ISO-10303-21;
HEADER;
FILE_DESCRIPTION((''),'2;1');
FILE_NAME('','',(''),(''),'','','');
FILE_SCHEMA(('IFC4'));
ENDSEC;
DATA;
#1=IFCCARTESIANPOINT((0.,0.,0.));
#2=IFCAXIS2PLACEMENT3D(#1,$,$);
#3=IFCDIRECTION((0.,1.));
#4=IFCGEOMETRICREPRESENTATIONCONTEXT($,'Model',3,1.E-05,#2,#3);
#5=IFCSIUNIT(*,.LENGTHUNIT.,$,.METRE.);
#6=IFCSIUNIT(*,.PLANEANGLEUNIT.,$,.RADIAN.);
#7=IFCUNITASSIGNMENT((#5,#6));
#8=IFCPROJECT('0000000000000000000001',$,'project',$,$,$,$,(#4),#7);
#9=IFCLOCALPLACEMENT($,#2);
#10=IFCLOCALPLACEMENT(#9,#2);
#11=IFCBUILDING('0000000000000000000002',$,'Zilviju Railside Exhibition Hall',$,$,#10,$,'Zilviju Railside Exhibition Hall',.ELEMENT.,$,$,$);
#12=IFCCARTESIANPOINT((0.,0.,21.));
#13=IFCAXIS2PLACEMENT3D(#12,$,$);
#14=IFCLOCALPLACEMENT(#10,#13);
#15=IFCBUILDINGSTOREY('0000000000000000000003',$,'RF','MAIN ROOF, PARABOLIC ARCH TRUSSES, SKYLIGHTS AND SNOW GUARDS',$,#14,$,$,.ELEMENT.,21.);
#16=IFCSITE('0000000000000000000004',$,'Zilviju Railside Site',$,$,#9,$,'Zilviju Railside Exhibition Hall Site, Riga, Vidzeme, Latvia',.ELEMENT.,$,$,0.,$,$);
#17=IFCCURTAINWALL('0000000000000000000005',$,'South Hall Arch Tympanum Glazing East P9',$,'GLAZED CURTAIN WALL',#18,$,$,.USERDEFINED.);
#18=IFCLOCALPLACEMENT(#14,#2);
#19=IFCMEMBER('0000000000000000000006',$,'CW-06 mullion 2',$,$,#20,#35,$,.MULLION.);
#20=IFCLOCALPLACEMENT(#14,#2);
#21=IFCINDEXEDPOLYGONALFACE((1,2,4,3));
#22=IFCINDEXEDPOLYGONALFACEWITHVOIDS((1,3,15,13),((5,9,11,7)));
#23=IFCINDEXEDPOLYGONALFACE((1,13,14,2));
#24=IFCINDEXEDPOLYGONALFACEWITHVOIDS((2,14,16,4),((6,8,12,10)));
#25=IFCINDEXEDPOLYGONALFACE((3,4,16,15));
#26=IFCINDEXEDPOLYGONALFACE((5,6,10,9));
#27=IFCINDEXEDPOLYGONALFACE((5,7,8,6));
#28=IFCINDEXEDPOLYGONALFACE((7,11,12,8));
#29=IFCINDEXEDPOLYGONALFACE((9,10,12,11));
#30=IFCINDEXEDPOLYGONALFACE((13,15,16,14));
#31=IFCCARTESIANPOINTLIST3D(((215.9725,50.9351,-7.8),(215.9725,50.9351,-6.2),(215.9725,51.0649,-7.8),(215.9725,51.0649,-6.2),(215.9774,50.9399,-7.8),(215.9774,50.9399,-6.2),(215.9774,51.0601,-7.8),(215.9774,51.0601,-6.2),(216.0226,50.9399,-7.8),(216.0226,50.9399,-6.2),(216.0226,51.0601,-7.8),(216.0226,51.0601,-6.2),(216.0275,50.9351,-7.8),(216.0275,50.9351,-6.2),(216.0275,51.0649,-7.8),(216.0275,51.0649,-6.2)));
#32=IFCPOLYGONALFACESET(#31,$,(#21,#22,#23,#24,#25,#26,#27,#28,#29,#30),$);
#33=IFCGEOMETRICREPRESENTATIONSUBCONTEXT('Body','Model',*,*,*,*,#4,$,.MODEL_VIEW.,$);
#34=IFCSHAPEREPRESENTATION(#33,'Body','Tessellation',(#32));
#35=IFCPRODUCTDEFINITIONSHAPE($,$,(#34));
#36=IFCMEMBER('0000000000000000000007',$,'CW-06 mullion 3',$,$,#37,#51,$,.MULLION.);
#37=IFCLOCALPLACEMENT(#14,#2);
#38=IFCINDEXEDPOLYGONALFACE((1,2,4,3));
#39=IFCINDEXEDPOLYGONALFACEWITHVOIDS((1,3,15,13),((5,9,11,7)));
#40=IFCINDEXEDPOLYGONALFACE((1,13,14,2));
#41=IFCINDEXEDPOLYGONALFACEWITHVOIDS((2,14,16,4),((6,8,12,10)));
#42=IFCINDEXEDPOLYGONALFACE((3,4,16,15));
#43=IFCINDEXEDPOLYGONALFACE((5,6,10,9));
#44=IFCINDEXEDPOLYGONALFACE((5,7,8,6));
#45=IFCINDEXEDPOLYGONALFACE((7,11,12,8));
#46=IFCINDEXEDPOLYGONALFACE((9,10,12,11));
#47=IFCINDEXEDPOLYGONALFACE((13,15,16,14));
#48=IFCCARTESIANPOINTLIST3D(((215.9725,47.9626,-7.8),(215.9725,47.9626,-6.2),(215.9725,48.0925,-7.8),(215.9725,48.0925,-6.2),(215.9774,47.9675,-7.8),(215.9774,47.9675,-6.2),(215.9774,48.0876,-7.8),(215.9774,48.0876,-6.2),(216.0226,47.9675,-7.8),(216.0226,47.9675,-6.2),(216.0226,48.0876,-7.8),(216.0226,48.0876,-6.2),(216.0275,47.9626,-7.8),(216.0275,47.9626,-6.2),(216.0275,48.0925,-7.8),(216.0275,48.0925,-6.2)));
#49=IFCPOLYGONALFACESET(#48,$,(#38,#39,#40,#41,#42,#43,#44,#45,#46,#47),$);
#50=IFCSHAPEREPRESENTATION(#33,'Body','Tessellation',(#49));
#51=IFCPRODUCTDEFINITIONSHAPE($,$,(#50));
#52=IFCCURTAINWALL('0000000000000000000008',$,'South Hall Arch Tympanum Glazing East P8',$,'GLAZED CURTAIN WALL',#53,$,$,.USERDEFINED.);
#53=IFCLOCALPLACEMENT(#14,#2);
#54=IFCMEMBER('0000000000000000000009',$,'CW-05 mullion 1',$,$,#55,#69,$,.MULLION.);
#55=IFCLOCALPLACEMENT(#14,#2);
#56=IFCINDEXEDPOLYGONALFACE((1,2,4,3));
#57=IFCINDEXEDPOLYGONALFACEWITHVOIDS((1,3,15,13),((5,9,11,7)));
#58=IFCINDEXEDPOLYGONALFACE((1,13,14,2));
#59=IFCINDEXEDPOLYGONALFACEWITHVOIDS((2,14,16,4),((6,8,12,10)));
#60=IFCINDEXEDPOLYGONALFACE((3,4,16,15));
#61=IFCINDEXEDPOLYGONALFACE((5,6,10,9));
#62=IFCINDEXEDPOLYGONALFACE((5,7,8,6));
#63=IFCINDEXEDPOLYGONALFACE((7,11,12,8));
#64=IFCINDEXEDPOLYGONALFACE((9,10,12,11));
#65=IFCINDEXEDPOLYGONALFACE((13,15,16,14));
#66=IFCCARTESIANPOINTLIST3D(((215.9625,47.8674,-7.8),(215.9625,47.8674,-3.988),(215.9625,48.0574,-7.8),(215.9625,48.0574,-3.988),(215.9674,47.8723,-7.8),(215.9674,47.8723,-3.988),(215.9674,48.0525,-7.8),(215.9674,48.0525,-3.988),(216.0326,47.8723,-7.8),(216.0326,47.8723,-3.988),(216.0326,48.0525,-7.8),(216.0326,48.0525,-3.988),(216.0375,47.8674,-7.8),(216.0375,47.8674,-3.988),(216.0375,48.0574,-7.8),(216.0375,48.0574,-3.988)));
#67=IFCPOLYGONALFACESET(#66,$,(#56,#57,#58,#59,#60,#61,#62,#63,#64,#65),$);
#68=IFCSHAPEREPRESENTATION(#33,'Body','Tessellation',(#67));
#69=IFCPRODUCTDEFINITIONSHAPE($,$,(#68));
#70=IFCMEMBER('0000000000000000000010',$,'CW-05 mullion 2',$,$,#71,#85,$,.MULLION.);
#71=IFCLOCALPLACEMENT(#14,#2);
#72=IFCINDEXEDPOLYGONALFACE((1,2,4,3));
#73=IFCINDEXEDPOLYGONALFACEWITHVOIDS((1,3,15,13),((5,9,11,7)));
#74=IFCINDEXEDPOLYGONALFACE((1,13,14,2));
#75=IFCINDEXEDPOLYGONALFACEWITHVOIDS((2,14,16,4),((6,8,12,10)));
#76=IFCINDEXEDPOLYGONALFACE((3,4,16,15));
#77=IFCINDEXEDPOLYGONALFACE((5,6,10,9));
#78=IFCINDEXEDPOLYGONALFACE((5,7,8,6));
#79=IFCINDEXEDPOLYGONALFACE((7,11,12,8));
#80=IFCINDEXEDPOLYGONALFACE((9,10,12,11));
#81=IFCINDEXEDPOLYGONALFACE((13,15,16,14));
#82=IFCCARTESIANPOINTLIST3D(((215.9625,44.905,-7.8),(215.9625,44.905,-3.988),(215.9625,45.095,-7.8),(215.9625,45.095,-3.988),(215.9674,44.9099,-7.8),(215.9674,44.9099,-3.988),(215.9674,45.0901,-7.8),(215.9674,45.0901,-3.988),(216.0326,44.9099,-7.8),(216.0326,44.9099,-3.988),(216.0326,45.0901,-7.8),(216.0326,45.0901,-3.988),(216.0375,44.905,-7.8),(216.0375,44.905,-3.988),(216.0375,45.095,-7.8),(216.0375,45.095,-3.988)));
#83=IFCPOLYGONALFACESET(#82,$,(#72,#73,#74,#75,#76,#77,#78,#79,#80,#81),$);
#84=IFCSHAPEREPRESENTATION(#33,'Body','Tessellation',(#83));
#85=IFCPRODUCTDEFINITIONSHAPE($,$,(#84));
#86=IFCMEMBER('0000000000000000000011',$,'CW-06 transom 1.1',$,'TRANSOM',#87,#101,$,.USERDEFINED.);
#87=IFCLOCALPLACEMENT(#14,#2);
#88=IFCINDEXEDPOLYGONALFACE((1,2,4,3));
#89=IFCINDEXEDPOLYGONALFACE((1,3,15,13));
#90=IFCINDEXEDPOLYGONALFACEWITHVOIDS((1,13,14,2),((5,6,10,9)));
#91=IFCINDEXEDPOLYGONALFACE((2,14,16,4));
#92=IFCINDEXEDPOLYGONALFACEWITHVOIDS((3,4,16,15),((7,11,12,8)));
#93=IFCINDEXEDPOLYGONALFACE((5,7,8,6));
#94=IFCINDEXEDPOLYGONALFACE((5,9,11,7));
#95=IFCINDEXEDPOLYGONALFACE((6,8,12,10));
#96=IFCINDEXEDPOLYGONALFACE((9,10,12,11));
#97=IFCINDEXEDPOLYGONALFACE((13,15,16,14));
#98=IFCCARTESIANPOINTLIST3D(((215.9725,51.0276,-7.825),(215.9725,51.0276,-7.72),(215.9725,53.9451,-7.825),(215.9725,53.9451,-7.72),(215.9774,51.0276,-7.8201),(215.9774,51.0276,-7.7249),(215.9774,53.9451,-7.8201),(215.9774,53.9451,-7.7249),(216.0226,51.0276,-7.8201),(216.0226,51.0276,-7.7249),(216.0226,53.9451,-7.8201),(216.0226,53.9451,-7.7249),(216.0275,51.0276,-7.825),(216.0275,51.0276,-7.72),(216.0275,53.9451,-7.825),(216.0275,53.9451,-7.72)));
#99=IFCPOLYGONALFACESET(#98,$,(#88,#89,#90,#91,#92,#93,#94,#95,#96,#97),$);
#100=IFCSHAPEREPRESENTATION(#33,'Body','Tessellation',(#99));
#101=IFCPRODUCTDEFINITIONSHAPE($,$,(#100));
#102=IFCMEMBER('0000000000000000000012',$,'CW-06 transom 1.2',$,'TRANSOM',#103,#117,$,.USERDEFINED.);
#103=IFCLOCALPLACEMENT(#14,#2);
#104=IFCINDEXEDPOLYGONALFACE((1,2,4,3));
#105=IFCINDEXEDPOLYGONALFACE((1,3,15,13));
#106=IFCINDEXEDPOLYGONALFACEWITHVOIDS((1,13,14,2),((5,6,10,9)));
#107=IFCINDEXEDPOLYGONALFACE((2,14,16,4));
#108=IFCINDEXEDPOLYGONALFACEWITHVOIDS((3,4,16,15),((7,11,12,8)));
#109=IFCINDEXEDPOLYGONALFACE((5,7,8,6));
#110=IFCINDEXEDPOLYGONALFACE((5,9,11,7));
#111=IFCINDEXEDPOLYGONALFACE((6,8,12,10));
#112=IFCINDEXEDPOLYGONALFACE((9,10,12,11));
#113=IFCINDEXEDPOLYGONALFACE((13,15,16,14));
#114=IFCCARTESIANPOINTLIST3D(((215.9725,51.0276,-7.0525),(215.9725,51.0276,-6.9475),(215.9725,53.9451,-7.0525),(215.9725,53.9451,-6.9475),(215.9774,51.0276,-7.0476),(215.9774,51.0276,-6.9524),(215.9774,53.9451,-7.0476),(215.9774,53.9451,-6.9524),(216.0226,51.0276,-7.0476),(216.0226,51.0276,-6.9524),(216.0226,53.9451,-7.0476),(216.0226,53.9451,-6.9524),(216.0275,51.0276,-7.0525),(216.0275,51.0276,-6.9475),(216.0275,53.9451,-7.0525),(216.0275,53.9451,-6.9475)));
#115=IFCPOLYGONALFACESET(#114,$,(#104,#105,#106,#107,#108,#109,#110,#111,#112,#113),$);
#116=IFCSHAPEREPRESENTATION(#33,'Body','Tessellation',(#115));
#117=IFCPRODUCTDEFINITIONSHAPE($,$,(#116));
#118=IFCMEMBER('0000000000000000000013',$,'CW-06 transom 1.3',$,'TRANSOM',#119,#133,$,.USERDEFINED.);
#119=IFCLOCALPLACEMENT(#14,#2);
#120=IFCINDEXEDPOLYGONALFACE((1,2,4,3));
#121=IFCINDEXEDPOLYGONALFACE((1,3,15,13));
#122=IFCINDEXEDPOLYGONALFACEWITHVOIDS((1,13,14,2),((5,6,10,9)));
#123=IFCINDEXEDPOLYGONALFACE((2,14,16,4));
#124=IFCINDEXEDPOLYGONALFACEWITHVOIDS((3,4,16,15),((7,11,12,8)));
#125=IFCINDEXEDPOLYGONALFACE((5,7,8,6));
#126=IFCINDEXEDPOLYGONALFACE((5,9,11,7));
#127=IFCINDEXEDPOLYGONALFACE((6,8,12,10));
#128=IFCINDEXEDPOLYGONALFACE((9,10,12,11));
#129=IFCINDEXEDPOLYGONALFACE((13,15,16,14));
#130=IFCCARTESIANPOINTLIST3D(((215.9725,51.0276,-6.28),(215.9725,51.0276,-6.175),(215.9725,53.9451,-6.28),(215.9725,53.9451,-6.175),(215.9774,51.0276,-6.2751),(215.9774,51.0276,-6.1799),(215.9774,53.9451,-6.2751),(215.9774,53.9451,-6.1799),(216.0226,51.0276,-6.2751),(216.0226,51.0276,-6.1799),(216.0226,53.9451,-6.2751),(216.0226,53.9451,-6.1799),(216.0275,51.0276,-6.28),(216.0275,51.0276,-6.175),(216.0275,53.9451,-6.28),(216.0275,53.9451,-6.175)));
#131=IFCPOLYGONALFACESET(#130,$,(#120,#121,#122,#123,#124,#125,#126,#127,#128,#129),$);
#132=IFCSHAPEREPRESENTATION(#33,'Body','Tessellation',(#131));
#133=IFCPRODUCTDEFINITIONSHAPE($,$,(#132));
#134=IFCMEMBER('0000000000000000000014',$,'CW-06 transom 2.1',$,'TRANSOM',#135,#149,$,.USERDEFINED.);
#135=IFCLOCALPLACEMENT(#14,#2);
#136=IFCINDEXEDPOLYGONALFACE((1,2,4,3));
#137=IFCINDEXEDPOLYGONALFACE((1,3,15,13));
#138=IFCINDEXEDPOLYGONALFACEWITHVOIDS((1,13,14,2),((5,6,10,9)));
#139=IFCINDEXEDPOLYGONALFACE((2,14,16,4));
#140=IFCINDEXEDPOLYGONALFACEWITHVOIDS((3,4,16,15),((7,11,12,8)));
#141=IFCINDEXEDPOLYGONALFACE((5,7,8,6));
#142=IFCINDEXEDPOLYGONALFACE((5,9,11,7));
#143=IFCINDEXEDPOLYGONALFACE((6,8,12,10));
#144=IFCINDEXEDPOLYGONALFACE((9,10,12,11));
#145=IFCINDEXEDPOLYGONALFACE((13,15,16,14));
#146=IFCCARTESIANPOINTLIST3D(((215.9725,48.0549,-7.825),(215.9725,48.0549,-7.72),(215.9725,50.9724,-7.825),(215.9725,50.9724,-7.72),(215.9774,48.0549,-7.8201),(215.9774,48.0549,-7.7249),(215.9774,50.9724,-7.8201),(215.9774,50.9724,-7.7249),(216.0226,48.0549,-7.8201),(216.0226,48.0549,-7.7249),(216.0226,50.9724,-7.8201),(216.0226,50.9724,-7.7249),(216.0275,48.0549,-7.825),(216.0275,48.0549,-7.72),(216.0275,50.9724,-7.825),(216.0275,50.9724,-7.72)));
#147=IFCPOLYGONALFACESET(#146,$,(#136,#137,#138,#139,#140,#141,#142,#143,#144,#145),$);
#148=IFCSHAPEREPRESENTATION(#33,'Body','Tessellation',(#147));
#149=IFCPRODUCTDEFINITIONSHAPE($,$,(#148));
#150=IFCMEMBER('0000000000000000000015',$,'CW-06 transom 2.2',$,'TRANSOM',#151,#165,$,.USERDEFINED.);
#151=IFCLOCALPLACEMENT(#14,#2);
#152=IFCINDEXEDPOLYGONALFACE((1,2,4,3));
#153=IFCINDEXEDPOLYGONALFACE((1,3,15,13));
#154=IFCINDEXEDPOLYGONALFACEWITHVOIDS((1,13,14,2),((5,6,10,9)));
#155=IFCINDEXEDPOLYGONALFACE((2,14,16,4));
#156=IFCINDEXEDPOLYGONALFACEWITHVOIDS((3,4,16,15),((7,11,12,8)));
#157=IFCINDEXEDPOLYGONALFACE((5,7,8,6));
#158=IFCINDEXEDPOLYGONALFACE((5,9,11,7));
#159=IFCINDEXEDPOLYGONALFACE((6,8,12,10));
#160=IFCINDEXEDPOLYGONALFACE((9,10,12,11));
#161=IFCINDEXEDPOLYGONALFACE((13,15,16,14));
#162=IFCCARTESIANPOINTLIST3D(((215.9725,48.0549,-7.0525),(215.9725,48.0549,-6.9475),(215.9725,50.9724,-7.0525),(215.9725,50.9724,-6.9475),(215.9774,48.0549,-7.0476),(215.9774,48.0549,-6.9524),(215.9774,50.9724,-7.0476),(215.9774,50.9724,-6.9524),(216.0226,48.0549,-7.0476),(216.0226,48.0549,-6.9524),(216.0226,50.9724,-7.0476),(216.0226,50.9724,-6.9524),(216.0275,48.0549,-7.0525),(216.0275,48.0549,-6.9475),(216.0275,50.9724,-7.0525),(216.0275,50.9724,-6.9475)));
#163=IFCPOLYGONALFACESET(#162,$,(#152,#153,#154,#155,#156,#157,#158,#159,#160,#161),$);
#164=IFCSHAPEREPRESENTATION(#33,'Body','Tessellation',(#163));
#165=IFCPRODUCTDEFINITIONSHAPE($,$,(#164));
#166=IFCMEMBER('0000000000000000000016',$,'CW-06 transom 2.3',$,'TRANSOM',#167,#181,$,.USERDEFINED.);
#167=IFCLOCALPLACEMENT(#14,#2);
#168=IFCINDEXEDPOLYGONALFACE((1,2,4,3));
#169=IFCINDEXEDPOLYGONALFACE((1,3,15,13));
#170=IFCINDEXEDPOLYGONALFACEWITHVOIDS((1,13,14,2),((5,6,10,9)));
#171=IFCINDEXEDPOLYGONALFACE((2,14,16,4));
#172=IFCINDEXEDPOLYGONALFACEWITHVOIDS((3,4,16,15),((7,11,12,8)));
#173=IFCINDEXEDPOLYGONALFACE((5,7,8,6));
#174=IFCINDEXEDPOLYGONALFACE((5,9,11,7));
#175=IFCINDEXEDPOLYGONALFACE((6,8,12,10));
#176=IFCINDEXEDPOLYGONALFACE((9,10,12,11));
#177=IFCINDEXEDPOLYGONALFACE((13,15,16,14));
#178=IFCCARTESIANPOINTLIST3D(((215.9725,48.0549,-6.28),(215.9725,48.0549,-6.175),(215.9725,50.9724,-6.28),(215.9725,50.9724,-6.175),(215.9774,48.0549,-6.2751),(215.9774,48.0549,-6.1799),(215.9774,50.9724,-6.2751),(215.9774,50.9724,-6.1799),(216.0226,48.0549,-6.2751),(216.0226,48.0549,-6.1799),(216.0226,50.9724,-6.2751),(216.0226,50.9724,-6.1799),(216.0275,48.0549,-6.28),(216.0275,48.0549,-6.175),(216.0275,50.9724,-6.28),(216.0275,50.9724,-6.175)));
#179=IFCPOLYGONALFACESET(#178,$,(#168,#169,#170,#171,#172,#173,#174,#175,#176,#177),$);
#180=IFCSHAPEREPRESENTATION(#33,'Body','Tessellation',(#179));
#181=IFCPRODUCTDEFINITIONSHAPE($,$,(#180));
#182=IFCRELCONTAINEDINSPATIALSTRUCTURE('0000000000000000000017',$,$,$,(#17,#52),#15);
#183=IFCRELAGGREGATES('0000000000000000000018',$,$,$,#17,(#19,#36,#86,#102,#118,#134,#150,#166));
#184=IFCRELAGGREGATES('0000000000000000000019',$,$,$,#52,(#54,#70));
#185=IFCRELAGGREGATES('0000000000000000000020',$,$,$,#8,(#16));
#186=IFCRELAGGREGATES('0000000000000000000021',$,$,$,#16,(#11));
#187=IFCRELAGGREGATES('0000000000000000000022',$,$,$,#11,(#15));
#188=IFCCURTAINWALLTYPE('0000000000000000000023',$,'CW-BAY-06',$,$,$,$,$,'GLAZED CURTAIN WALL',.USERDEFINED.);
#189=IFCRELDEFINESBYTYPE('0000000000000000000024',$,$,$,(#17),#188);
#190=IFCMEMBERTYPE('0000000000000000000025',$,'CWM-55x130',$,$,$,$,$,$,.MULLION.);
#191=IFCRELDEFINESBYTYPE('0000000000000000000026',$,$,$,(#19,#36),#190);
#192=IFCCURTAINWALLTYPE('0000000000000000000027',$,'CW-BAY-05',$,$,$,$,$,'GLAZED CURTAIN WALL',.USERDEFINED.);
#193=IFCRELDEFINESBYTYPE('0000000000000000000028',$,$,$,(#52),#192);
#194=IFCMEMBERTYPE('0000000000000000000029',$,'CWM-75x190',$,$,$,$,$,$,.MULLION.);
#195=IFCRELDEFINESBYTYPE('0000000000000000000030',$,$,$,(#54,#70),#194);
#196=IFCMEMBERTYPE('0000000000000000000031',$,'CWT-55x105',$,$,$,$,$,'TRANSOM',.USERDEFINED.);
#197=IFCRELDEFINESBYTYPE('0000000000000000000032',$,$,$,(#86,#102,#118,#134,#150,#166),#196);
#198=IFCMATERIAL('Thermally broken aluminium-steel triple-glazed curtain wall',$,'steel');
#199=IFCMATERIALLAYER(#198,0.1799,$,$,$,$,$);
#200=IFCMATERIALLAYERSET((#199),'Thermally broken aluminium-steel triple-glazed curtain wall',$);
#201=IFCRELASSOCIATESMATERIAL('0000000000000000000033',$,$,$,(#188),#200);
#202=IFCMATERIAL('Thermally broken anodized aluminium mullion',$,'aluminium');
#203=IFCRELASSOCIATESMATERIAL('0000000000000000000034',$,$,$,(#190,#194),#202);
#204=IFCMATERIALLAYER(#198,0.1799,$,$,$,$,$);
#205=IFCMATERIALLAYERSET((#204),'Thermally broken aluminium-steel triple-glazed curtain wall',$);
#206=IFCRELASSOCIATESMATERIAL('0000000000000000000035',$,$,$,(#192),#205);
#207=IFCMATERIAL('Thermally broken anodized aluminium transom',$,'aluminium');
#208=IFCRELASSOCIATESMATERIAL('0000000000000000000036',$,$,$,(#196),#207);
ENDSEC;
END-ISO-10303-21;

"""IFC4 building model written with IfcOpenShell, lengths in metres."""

from ifc_helpers import new_model, si_unit, direction, frame, origin, origin_2d, place, context, subcontext, project, spatial, hollow_rectangle, extrude, material, layer, layer_set, material_profile, profile_set, type_object, element, aggregate, save


model = new_model("IFC4")

# Units and contexts
model_context = context("Model", 3, precision=1e-05, world=origin(), true_north=direction((0.0, 1.0)))
body_context = subcontext(model_context, "Body", "Model", "MODEL_VIEW")
ifc_project = project(units=[si_unit("LENGTHUNIT", "METRE"), si_unit("PLANEANGLEUNIT", "RADIAN")], contexts=[model_context])

# Site, building, storey
site_placement = place(None, origin())
site = spatial("IfcSite", under=ifc_project, at=site_placement, Name="Zilviju Railside Site", LongName="Zilviju Railside Exhibition Hall Site, Riga, Vidzeme, Latvia", CompositionType="ELEMENT", RefElevation=0.0)
building_placement = place(site_placement, origin())
building = spatial("IfcBuilding", under=site, at=building_placement, Name="Zilviju Railside Exhibition Hall", LongName="Zilviju Railside Exhibition Hall", CompositionType="ELEMENT")
storey_placement = place(building_placement, frame((0.0, 0.0, 21.0)))
storey = spatial("IfcBuildingStorey", under=building, at=storey_placement, Name="RF", Description="MAIN ROOF, PARABOLIC ARCH TRUSSES, SKYLIGHTS AND SNOW GUARDS", CompositionType="ELEMENT", Elevation=21.0)

# Curtain walls, members
ifc_material_1 = material(Name="Thermally broken aluminium-steel triple-glazed curtain wall", Category="steel")
ifc_layer_1 = layer(ifc_material_1, 0.1799)
ifc_layer_set_1 = layer_set([ifc_layer_1], Name="Thermally broken aluminium-steel triple-glazed curtain wall")
curtain_wall_type_1 = type_object("IfcCurtainWallType", Name="CW-BAY-06", ElementType="GLAZED CURTAIN WALL", PredefinedType="USERDEFINED", material=ifc_layer_set_1)
curtain_wall_1_placement = place(storey_placement, origin())
curtain_wall_1 = element("IfcCurtainWall", 1, at=curtain_wall_1_placement, inside=storey, type_object=curtain_wall_type_1, Name="South Hall Arch Tympanum Glazing East P9", ObjectType="GLAZED CURTAIN WALL", PredefinedType="USERDEFINED")
ifc_material_2 = material(Name="Thermally broken anodized aluminium mullion", Category="aluminium")
ifc_material_profile_1 = material_profile(ifc_material_2, hollow_rectangle(XDim=0.0549, YDim=0.1299, WallThickness=0.0049, at=origin_2d()), Name="MULLION 130x55x5")
ifc_profile_set_1 = profile_set([ifc_material_profile_1], Name="Thermally broken anodized aluminium mullion")
member_type_1 = type_object("IfcMemberType", Name="CWM-55x130", PredefinedType="MULLION", material=ifc_profile_set_1)
member_1_placement = place(storey_placement, frame((216.0, 51.0, -7.8), z_axis=(0.0, 0.0, 1.0), x_axis=(1.0, 0.0, 0.0)))
member_1 = element("IfcMember", 2, at=member_1_placement, type_object=member_type_1, Name="CW-06 mullion 2", PredefinedType="MULLION", context=body_context, shape_type="SweptSolid", body=[
    extrude(hollow_rectangle(XDim=0.0549, YDim=0.1299, WallThickness=0.0049, at=origin_2d()), origin(), (0.0, 0.0, 1.0), 1.6001),
])
member_2_placement = place(storey_placement, frame((216.0, 48.0276, -7.8), z_axis=(0.0, 0.0, 1.0), x_axis=(1.0, 0.0, 0.0)))
member_2 = element("IfcMember", 3, at=member_2_placement, type_object=member_type_1, Name="CW-06 mullion 3", PredefinedType="MULLION", context=body_context, shape_type="SweptSolid", body=[
    extrude(hollow_rectangle(XDim=0.0549, YDim=0.1299, WallThickness=0.0049, at=origin_2d()), origin(), (0.0, 0.0, 1.0), 1.6001),
])
ifc_layer_2 = layer(ifc_material_1, 0.1799)
ifc_layer_set_2 = layer_set([ifc_layer_2], Name="Thermally broken aluminium-steel triple-glazed curtain wall")
curtain_wall_type_2 = type_object("IfcCurtainWallType", Name="CW-BAY-05", ElementType="GLAZED CURTAIN WALL", PredefinedType="USERDEFINED", material=ifc_layer_set_2)
curtain_wall_2_placement = place(storey_placement, origin())
curtain_wall_2 = element("IfcCurtainWall", 4, at=curtain_wall_2_placement, inside=storey, type_object=curtain_wall_type_2, Name="South Hall Arch Tympanum Glazing East P8", ObjectType="GLAZED CURTAIN WALL", PredefinedType="USERDEFINED")
ifc_material_profile_2 = material_profile(ifc_material_2, hollow_rectangle(XDim=0.075, YDim=0.1899, WallThickness=0.0049, at=origin_2d()), Name="MULLION 190x75x5")
ifc_profile_set_2 = profile_set([ifc_material_profile_2], Name="Thermally broken anodized aluminium mullion")
member_type_2 = type_object("IfcMemberType", Name="CWM-75x190", PredefinedType="MULLION", material=ifc_profile_set_2)
member_3_placement = place(storey_placement, frame((216.0, 47.9624, -7.8), z_axis=(0.0, 0.0, 1.0), x_axis=(1.0, 0.0, 0.0)))
member_3 = element("IfcMember", 5, at=member_3_placement, type_object=member_type_2, Name="CW-05 mullion 1", PredefinedType="MULLION", context=body_context, shape_type="SweptSolid", body=[
    extrude(hollow_rectangle(XDim=0.075, YDim=0.1899, WallThickness=0.0049, at=origin_2d()), origin(), (0.0, 0.0, 1.0), 3.812),
])
member_4_placement = place(storey_placement, frame((216.0, 45.0, -7.8), z_axis=(0.0, 0.0, 1.0), x_axis=(1.0, 0.0, 0.0)))
member_4 = element("IfcMember", 6, at=member_4_placement, type_object=member_type_2, Name="CW-05 mullion 2", PredefinedType="MULLION", context=body_context, shape_type="SweptSolid", body=[
    extrude(hollow_rectangle(XDim=0.075, YDim=0.1899, WallThickness=0.0049, at=origin_2d()), origin(), (0.0, 0.0, 1.0), 3.812),
])

# Members
ifc_material_3 = material(Name="Thermally broken anodized aluminium transom", Category="aluminium")
ifc_material_profile_3 = material_profile(ifc_material_3, hollow_rectangle(XDim=0.0549, YDim=0.105, WallThickness=0.0049, at=origin_2d()), Name="TRANSOM 105x55x5")
ifc_profile_set_3 = profile_set([ifc_material_profile_3], Name="Thermally broken anodized aluminium transom")
member_type_3 = type_object("IfcMemberType", Name="CWT-55x105", ElementType="TRANSOM", PredefinedType="USERDEFINED", material=ifc_profile_set_3)
member_5_placement = place(storey_placement, frame((216.0, 53.9451, -7.7725), z_axis=(0.0, -1.0, 0.0), x_axis=(1.0, 0.0, 0.0)))
member_5 = element("IfcMember", 7, at=member_5_placement, type_object=member_type_3, Name="CW-06 transom 1.1", ObjectType="TRANSOM", PredefinedType="USERDEFINED", context=body_context, shape_type="SweptSolid", body=[
    extrude(hollow_rectangle(XDim=0.0549, YDim=0.105, WallThickness=0.0049, at=origin_2d()), origin(), (0.0, 0.0, 1.0), 2.9175),
])
member_6_placement = place(storey_placement, frame((216.0, 53.9451, -7.0), z_axis=(0.0, -1.0, 0.0), x_axis=(1.0, 0.0, 0.0)))
member_6 = element("IfcMember", 8, at=member_6_placement, type_object=member_type_3, Name="CW-06 transom 1.2", ObjectType="TRANSOM", PredefinedType="USERDEFINED", context=body_context, shape_type="SweptSolid", body=[
    extrude(hollow_rectangle(XDim=0.0549, YDim=0.105, WallThickness=0.0049, at=origin_2d()), origin(), (0.0, 0.0, 1.0), 2.9175),
])
member_7_placement = place(storey_placement, frame((216.0, 53.9451, -6.2275), z_axis=(0.0, -1.0, 0.0), x_axis=(1.0, 0.0, 0.0)))
member_7 = element("IfcMember", 9, at=member_7_placement, type_object=member_type_3, Name="CW-06 transom 1.3", ObjectType="TRANSOM", PredefinedType="USERDEFINED", context=body_context, shape_type="SweptSolid", body=[
    extrude(hollow_rectangle(XDim=0.0549, YDim=0.105, WallThickness=0.0049, at=origin_2d()), origin(), (0.0, 0.0, 1.0), 2.9175),
])
member_8_placement = place(storey_placement, frame((216.0, 50.9724, -7.7725), z_axis=(0.0, -1.0, 0.0), x_axis=(1.0, 0.0, 0.0)))
member_8 = element("IfcMember", 10, at=member_8_placement, type_object=member_type_3, Name="CW-06 transom 2.1", ObjectType="TRANSOM", PredefinedType="USERDEFINED", context=body_context, shape_type="SweptSolid", body=[
    extrude(hollow_rectangle(XDim=0.0549, YDim=0.105, WallThickness=0.0049, at=origin_2d()), origin(), (0.0, 0.0, 1.0), 2.9175),
])
member_9_placement = place(storey_placement, frame((216.0, 50.9724, -7.0), z_axis=(0.0, -1.0, 0.0), x_axis=(1.0, 0.0, 0.0)))
member_9 = element("IfcMember", 11, at=member_9_placement, type_object=member_type_3, Name="CW-06 transom 2.2", ObjectType="TRANSOM", PredefinedType="USERDEFINED", context=body_context, shape_type="SweptSolid", body=[
    extrude(hollow_rectangle(XDim=0.0549, YDim=0.105, WallThickness=0.0049, at=origin_2d()), origin(), (0.0, 0.0, 1.0), 2.9175),
])
member_10_placement = place(storey_placement, frame((216.0, 50.9724, -6.2275), z_axis=(0.0, -1.0, 0.0), x_axis=(1.0, 0.0, 0.0)))
member_10 = element("IfcMember", 12, at=member_10_placement, type_object=member_type_3, Name="CW-06 transom 2.3", ObjectType="TRANSOM", PredefinedType="USERDEFINED", context=body_context, shape_type="SweptSolid", body=[
    extrude(hollow_rectangle(XDim=0.0549, YDim=0.105, WallThickness=0.0049, at=origin_2d()), origin(), (0.0, 0.0, 1.0), 2.9175),
])

aggregate(curtain_wall_1, [member_1, member_2, member_5, member_6, member_7, member_8, member_9, member_10])
aggregate(curtain_wall_2, [member_3, member_4])

save(model, "model.ifc")
